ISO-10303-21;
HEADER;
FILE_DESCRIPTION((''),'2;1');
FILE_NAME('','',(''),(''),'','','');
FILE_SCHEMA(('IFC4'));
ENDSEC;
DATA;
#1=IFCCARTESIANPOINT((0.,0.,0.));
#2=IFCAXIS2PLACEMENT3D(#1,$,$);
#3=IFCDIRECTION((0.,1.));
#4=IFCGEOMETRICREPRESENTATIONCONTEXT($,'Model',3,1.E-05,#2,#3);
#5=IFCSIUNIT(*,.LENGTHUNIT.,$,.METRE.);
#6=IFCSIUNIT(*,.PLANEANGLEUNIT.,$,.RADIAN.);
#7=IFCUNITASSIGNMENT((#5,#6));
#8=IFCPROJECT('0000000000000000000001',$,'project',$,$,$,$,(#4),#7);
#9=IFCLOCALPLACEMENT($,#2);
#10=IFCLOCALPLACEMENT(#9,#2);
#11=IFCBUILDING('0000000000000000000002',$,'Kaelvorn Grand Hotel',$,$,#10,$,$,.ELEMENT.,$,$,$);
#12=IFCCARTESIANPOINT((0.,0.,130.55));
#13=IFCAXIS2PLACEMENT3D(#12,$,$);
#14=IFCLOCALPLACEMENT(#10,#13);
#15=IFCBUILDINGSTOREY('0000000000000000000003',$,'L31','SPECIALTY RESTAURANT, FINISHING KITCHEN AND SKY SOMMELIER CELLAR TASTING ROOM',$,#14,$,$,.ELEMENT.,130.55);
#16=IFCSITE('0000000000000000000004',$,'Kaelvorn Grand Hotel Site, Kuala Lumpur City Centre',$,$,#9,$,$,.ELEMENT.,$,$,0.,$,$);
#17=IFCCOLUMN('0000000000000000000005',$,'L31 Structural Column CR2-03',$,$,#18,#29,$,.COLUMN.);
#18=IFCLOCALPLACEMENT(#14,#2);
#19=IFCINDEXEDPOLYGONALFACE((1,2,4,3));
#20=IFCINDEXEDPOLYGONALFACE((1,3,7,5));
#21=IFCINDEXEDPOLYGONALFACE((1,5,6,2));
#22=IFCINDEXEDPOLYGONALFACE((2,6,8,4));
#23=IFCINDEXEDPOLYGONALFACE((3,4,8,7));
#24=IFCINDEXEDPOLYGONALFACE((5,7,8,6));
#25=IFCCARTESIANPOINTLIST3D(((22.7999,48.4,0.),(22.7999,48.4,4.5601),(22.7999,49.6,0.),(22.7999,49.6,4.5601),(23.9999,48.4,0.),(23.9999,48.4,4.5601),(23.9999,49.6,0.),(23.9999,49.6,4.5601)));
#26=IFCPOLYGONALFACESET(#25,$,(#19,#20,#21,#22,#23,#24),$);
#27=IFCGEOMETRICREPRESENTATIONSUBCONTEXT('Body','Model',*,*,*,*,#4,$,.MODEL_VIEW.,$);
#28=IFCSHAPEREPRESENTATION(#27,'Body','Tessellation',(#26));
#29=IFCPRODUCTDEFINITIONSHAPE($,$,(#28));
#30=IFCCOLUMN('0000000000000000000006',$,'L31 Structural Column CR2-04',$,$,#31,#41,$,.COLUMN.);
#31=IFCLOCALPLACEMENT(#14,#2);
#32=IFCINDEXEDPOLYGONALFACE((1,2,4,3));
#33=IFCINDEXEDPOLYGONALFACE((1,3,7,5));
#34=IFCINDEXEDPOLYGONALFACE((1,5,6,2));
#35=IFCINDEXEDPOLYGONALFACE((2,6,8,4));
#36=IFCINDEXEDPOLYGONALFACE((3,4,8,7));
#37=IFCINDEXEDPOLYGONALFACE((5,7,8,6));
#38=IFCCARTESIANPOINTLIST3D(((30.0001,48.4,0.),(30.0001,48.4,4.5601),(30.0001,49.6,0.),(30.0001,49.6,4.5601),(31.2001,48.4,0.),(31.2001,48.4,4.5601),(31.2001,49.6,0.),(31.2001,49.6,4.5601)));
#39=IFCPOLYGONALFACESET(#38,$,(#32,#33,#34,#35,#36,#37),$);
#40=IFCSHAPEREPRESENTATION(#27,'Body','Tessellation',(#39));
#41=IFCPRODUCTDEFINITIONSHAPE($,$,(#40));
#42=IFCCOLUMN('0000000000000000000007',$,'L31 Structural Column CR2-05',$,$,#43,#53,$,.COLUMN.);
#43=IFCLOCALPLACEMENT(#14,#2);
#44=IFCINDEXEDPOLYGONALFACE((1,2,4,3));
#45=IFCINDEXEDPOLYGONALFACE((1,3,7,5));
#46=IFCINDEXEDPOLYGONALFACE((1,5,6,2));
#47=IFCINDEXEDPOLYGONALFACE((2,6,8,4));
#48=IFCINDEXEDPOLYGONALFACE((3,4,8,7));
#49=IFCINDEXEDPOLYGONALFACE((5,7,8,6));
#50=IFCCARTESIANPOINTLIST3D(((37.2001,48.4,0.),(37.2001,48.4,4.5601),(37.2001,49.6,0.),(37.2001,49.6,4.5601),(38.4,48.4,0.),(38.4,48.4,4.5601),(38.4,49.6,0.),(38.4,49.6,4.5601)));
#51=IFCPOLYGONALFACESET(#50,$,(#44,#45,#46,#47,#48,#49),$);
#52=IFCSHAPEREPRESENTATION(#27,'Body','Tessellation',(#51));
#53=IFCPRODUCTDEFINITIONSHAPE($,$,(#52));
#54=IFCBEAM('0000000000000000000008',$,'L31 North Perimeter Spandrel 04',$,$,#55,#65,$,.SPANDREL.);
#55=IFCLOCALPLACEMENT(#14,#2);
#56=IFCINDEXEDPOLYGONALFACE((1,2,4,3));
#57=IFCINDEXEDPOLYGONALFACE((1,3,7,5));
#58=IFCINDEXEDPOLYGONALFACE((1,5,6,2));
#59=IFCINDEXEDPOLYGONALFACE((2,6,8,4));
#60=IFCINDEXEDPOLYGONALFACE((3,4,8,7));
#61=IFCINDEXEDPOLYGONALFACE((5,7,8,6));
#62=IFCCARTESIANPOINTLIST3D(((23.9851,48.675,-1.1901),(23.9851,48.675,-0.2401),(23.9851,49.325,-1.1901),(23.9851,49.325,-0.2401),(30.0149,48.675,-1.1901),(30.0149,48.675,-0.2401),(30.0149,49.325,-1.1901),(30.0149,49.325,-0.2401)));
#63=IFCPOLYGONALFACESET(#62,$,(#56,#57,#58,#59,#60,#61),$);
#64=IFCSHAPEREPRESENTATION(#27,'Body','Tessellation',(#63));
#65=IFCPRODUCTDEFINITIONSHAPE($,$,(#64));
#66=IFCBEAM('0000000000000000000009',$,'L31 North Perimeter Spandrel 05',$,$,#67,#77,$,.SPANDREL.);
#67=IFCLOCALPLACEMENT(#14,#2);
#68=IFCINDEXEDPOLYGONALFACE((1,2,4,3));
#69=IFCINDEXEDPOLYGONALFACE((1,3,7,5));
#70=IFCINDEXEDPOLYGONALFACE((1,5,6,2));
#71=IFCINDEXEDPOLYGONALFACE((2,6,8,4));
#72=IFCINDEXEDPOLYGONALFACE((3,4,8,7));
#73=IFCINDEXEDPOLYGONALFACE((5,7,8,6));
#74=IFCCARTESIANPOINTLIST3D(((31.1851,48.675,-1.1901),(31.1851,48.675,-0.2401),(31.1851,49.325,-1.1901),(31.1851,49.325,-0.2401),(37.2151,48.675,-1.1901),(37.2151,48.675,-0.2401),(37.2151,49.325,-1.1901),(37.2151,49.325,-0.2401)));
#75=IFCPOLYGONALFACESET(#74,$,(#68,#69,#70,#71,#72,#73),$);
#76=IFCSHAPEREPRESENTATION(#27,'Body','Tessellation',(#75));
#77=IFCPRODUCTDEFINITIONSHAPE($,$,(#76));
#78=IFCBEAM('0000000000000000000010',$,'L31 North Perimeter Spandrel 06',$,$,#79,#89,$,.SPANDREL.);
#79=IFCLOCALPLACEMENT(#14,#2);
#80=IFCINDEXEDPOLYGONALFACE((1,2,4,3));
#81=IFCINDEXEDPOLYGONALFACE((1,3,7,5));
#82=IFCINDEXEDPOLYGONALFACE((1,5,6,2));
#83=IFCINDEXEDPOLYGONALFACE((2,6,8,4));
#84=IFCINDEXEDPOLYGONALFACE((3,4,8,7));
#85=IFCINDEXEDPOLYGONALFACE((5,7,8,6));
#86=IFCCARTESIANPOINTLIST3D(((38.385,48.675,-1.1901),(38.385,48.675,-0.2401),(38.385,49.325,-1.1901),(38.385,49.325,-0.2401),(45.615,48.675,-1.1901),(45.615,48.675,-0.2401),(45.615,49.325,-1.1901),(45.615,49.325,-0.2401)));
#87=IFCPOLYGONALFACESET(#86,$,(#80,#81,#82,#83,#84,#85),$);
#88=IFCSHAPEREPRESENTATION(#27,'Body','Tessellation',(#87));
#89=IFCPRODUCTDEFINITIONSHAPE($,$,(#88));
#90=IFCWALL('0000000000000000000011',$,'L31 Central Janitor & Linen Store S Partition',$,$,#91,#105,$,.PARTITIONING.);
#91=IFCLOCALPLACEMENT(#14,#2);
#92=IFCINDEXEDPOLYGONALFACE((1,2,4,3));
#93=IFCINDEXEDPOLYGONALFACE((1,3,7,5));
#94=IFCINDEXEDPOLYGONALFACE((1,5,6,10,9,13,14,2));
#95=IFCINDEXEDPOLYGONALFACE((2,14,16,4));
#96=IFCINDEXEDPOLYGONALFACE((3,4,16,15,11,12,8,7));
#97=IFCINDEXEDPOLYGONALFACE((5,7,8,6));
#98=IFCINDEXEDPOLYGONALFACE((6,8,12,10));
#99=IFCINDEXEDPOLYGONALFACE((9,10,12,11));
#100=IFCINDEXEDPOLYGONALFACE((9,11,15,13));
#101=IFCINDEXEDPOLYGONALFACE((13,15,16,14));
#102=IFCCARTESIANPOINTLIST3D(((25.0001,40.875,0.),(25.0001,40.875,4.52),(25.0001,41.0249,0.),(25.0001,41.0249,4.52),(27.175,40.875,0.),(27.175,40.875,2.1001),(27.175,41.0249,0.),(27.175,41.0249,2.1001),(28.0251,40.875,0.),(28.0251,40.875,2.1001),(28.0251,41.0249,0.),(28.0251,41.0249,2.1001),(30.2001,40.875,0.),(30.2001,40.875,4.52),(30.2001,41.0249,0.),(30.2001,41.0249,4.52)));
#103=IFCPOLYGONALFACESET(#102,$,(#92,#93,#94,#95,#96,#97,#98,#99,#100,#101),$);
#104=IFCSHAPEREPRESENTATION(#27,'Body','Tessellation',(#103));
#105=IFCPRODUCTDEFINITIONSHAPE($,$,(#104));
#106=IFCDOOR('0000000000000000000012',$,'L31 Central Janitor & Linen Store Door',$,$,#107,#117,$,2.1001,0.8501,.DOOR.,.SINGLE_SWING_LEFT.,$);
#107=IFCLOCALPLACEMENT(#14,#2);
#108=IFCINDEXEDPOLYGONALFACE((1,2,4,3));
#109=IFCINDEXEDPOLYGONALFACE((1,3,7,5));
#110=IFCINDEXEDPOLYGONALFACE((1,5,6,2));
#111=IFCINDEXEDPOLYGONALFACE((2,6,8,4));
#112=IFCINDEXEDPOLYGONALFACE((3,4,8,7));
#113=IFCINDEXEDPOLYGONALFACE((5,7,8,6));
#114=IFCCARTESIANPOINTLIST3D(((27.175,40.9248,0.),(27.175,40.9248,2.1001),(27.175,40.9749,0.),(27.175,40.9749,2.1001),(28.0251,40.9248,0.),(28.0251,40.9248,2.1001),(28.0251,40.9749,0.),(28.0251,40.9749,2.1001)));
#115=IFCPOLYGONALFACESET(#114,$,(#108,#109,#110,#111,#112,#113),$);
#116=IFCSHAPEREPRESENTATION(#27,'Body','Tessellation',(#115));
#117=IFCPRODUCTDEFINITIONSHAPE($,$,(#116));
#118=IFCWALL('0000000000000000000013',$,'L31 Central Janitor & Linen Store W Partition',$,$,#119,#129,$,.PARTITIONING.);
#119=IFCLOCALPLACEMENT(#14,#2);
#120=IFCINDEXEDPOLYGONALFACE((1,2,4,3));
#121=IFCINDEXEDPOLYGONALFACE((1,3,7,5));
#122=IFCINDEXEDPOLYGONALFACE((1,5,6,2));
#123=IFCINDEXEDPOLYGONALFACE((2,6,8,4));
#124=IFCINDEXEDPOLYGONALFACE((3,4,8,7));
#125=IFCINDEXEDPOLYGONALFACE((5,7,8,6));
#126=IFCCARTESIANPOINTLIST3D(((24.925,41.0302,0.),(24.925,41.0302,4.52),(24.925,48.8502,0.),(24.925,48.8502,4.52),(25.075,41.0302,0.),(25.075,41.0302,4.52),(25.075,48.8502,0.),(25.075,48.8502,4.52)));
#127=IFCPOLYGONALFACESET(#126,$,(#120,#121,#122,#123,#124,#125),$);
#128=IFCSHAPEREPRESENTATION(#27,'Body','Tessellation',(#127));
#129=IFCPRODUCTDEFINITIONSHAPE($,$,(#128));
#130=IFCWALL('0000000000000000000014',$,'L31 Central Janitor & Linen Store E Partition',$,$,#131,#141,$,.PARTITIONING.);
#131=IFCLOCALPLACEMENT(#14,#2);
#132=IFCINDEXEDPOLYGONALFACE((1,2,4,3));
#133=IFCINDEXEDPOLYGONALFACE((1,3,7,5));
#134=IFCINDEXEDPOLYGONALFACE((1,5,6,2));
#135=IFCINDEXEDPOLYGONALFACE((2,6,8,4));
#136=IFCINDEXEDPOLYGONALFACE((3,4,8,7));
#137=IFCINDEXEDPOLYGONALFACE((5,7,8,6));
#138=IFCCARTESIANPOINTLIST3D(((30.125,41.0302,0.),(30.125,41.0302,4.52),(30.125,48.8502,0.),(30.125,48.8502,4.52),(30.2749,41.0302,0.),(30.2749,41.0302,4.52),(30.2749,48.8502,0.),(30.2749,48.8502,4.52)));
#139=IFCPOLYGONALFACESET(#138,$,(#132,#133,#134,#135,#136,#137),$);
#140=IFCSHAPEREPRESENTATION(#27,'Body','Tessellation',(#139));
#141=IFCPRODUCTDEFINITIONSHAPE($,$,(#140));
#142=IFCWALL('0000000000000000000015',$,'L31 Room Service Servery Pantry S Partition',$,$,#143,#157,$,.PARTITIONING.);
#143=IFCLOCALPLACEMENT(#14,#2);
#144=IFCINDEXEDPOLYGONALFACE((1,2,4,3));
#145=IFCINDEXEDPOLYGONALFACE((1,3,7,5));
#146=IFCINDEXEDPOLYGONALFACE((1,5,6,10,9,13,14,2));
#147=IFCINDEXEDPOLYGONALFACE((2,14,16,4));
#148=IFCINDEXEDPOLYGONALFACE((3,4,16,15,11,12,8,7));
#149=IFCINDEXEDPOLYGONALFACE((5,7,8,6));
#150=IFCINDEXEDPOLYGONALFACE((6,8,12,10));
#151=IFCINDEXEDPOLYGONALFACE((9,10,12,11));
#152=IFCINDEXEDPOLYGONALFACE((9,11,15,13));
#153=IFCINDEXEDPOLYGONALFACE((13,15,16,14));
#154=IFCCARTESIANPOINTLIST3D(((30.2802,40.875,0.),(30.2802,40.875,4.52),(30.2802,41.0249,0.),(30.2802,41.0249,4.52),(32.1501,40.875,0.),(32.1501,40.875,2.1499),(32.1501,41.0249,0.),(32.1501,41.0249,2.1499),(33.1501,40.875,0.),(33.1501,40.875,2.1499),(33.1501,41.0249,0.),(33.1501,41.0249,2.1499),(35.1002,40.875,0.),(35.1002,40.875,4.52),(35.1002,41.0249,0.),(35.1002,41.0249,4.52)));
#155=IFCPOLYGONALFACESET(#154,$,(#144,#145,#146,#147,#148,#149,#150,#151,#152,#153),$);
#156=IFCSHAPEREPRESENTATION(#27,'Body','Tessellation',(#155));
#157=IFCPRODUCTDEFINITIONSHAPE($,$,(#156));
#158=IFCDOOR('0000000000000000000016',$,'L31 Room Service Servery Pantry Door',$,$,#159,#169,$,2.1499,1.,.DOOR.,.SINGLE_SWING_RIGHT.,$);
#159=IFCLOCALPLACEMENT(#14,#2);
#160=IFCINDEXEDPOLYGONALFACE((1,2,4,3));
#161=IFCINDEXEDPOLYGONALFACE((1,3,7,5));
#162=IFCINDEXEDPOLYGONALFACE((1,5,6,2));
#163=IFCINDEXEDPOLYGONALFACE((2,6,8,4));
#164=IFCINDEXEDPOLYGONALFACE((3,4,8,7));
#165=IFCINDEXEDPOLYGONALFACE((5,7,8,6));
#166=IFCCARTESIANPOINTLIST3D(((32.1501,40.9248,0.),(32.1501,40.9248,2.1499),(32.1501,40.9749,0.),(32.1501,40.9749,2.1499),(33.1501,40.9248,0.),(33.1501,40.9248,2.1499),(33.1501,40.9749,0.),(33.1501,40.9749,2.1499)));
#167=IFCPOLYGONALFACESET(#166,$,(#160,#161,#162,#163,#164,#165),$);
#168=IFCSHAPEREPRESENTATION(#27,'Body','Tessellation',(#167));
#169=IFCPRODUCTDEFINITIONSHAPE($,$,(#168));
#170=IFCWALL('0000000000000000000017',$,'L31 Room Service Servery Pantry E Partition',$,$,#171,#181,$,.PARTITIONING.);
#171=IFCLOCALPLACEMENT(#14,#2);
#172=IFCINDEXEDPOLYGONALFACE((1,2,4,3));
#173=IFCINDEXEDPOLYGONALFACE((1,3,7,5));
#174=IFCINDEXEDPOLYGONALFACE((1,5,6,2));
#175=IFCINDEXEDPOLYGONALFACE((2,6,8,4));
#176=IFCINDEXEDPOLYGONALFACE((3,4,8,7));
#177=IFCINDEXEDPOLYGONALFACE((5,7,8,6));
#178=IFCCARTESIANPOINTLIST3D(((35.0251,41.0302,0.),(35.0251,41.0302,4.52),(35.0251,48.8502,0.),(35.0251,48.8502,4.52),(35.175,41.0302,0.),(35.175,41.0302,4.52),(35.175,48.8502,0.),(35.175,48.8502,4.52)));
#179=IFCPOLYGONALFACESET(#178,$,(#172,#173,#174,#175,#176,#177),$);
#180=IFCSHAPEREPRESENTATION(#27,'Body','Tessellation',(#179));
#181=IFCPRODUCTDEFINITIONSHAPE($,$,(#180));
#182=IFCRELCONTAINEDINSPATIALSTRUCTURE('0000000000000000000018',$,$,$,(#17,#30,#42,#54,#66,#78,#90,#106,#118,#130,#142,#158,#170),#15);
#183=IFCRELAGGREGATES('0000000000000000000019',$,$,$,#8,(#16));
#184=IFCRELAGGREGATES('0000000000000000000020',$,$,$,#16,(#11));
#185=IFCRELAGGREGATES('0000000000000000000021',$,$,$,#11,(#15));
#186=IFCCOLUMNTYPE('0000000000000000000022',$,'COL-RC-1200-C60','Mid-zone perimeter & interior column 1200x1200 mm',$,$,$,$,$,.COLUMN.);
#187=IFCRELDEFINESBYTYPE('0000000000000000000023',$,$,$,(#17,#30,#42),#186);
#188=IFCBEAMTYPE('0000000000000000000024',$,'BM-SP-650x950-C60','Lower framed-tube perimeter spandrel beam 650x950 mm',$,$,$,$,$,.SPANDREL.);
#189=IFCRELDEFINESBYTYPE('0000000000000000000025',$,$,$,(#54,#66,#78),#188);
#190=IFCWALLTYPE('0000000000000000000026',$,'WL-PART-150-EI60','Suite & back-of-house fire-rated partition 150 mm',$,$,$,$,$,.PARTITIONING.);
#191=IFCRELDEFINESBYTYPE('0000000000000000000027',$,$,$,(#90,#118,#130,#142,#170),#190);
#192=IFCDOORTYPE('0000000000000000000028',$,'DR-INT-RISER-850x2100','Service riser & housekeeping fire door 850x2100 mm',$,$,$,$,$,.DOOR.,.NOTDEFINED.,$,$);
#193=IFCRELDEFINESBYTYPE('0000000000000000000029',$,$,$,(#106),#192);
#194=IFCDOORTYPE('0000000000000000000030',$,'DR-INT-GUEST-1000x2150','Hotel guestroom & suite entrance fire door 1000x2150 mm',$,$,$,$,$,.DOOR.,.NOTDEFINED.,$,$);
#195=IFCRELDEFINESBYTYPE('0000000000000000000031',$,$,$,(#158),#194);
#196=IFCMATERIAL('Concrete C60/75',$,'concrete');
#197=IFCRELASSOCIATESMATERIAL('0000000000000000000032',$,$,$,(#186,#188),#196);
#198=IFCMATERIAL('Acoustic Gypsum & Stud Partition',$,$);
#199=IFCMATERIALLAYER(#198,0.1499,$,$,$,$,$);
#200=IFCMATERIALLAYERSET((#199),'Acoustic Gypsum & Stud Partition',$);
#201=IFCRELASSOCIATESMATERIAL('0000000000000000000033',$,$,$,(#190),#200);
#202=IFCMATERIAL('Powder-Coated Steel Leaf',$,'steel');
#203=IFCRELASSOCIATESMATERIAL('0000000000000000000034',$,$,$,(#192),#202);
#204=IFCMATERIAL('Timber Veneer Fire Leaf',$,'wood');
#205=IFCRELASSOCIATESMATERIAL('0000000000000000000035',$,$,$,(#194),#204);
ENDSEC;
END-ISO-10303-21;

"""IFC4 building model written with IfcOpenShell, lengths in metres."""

from ifc_helpers import new_model, si_unit, direction, frame, frame_2d, origin, origin_2d, place, context, subcontext, project, spatial, rectangle, extrude, material, layer, layer_set, material_profile, profile_set, type_object, element, fill, save


model = new_model("IFC4")

# Units and contexts
model_context = context("Model", 3, precision=1e-05, world=origin(), true_north=direction((0.0, 1.0)))
body_context = subcontext(model_context, "Body", "Model", "MODEL_VIEW")
ifc_project = project(units=[si_unit("LENGTHUNIT", "METRE"), si_unit("PLANEANGLEUNIT", "RADIAN")], contexts=[model_context])

# Site, building, storey
site_placement = place(None, origin())
site = spatial("IfcSite", under=ifc_project, at=site_placement, Name="Kaelvorn Grand Hotel Site, Kuala Lumpur City Centre", CompositionType="ELEMENT", RefElevation=0.0)
building_placement = place(site_placement, origin())
building = spatial("IfcBuilding", under=site, at=building_placement, Name="Kaelvorn Grand Hotel", CompositionType="ELEMENT")
storey_placement = place(building_placement, frame((0.0, 0.0, 130.55)))
storey = spatial("IfcBuildingStorey", under=building, at=storey_placement, Name="L31", Description="SPECIALTY RESTAURANT, FINISHING KITCHEN AND SKY SOMMELIER CELLAR TASTING ROOM", CompositionType="ELEMENT", Elevation=130.55)

# Columns
ifc_material_1 = material(Name="Concrete C60/75", Category="concrete")
ifc_material_profile_1 = material_profile(ifc_material_1, rectangle(XDim=1.2, YDim=1.2, at=origin_2d()), Name="RC COL 1200x1200")
ifc_profile_set_1 = profile_set([ifc_material_profile_1], Name="Concrete C60/75")
column_type = type_object("IfcColumnType", Name="COL-RC-1200-C60", Description="Mid-zone perimeter & interior column 1200x1200 mm", PredefinedType="COLUMN", material=ifc_profile_set_1)
for number, where, z_axis, x_axis, name in (
    (1, (23.3999, 49.0, 0.0), (0.0, 0.0, 1.0), (1.0, 0.0, 0.0), "L31 Structural Column CR2-03"),
    (2, (30.6001, 49.0, 0.0), (0.0, 0.0, 1.0), (1.0, 0.0, 0.0), "L31 Structural Column CR2-04"),
    (3, (37.8, 49.0, 0.0), (0.0, 0.0, 1.0), (1.0, 0.0, 0.0), "L31 Structural Column CR2-05"),
):
    element("IfcColumn", number, at=place(storey_placement, frame(where, z_axis=z_axis, x_axis=x_axis)), inside=storey, type_object=column_type, Name=name, PredefinedType="COLUMN", context=body_context, shape_type="SweptSolid", body=[
        extrude(rectangle(XDim=1.2, YDim=1.2, at=origin_2d()), origin(), (0.0, 0.0, 1.0), 4.5601),
    ])

# Beams
ifc_material_profile_2 = material_profile(ifc_material_1, rectangle(XDim=0.6499, YDim=0.95, at=origin_2d()), Name="RC SPANDREL 650x950")
ifc_profile_set_2 = profile_set([ifc_material_profile_2], Name="Concrete C60/75")
beam_type = type_object("IfcBeamType", Name="BM-SP-650x950-C60", Description="Lower framed-tube perimeter spandrel beam 650x950 mm", PredefinedType="SPANDREL", material=ifc_profile_set_2)
beam_1_placement = place(storey_placement, frame((23.9851, 49.0, -0.7151), z_axis=(1.0, 0.0, 0.0), x_axis=(0.0, 1.0, 0.0)))
element("IfcBeam", 4, at=beam_1_placement, inside=storey, type_object=beam_type, Name="L31 North Perimeter Spandrel 04", PredefinedType="SPANDREL", context=body_context, shape_type="SweptSolid", body=[
    extrude(rectangle(XDim=0.6499, YDim=0.95, at=origin_2d()), origin(), (0.0, 0.0, 1.0), 6.0298),
])
beam_2_placement = place(storey_placement, frame((31.1851, 49.0, -0.7151), z_axis=(1.0, 0.0, 0.0), x_axis=(0.0, 1.0, 0.0)))
element("IfcBeam", 5, at=beam_2_placement, inside=storey, type_object=beam_type, Name="L31 North Perimeter Spandrel 05", PredefinedType="SPANDREL", context=body_context, shape_type="SweptSolid", body=[
    extrude(rectangle(XDim=0.6499, YDim=0.95, at=origin_2d()), origin(), (0.0, 0.0, 1.0), 6.03),
])
beam_3_placement = place(storey_placement, frame((38.385, 49.0, -0.7151), z_axis=(1.0, 0.0, 0.0), x_axis=(0.0, 1.0, 0.0)))
element("IfcBeam", 6, at=beam_3_placement, inside=storey, type_object=beam_type, Name="L31 North Perimeter Spandrel 06", PredefinedType="SPANDREL", context=body_context, shape_type="SweptSolid", body=[
    extrude(rectangle(XDim=0.6499, YDim=0.95, at=origin_2d()), origin(), (0.0, 0.0, 1.0), 7.23),
])

# Wall, opening, door
ifc_material_2 = material(Name="Acoustic Gypsum & Stud Partition")
ifc_layer_1 = layer(ifc_material_2, 0.1499)
ifc_layer_set_1 = layer_set([ifc_layer_1], Name="Acoustic Gypsum & Stud Partition")
wall_type_1 = type_object("IfcWallType", Name="WL-PART-150-EI60", Description="Suite & back-of-house fire-rated partition 150 mm", PredefinedType="PARTITIONING", material=ifc_layer_set_1)
wall_1_placement = place(storey_placement, frame((25.0, 40.95, 0.0), z_axis=(0.0, 0.0, 1.0), x_axis=(1.0, 0.0, 0.0)))
wall_1 = element("IfcWall", 7, at=wall_1_placement, inside=storey, type_object=wall_type_1, Name="L31 Central Janitor & Linen Store S Partition", PredefinedType="PARTITIONING", context=body_context, shape_type="SweptSolid", body=[
    extrude(rectangle(XDim=5.2, YDim=0.1499, at=frame_2d((2.6001, 0.0))), origin(), (0.0, 0.0, 1.0), 4.52),
])
opening_1_placement = place(wall_1_placement, frame((2.175, 0.0, 0.0)))
opening_1 = element("IfcOpeningElement", 8, at=opening_1_placement, cuts=wall_1, PredefinedType="OPENING", context=body_context, shape_type="SweptSolid", body=[
    extrude(rectangle(XDim=0.8501, YDim=2.1001, at=frame_2d((0.425, 1.05))), frame((0.0, 0.085, 0.0), z_axis=(0.0, -1.0, 0.0), x_axis=(1.0, 0.0, 0.0)), (0.0, 0.0, 1.0), 0.1699),
])
ifc_material_3 = material(Name="Powder-Coated Steel Leaf", Category="steel")
door_type_1 = type_object("IfcDoorType", Name="DR-INT-RISER-850x2100", Description="Service riser & housekeeping fire door 850x2100 mm", OperationType="NOTDEFINED", PredefinedType="DOOR", material=ifc_material_3)
door_1_placement = place(opening_1_placement, origin())
door_1 = element("IfcDoor", 9, at=door_1_placement, inside=storey, type_object=door_type_1, Name="L31 Central Janitor & Linen Store Door", OperationType="SINGLE_SWING_LEFT", OverallHeight=2.1001, OverallWidth=0.8501, PredefinedType="DOOR", context=body_context, shape_type="SweptSolid", body=[
    extrude(rectangle(XDim=0.8501, YDim=2.1001, at=frame_2d((0.425, 1.05))), frame((0.0, 0.0249, 0.0), z_axis=(0.0, -1.0, 0.0), x_axis=(1.0, 0.0, 0.0)), (0.0, 0.0, 1.0), 0.05),
])
fill(opening_1, door_1)

# Walls
for number, where, z_axis, x_axis, name in (
    (10, (25.0, 41.03, 0.0), (0.0, 0.0, 1.0), (0.0, 1.0, 0.0), "L31 Central Janitor & Linen Store W Partition"),
    (11, (30.2, 41.03, 0.0), (0.0, 0.0, 1.0), (0.0, 1.0, 0.0), "L31 Central Janitor & Linen Store E Partition"),
):
    element("IfcWall", number, at=place(storey_placement, frame(where, z_axis=z_axis, x_axis=x_axis)), inside=storey, type_object=wall_type_1, Name=name, PredefinedType="PARTITIONING", context=body_context, shape_type="SweptSolid", body=[
        extrude(rectangle(XDim=7.8201, YDim=0.1499, at=frame_2d((3.9102, 0.0))), origin(), (0.0, 0.0, 1.0), 4.52),
    ])

# Wall, opening, door
wall_2_placement = place(storey_placement, frame((30.28, 40.95, 0.0), z_axis=(0.0, 0.0, 1.0), x_axis=(1.0, 0.0, 0.0)))
wall_2 = element("IfcWall", 12, at=wall_2_placement, inside=storey, type_object=wall_type_1, Name="L31 Room Service Servery Pantry S Partition", PredefinedType="PARTITIONING", context=body_context, shape_type="SweptSolid", body=[
    extrude(rectangle(XDim=4.8201, YDim=0.1499, at=frame_2d((2.4102, 0.0))), origin(), (0.0, 0.0, 1.0), 4.52),
])
opening_2_placement = place(wall_2_placement, frame((1.8701, 0.0, 0.0)))
opening_2 = element("IfcOpeningElement", 13, at=opening_2_placement, cuts=wall_2, PredefinedType="OPENING", context=body_context, shape_type="SweptSolid", body=[
    extrude(rectangle(XDim=1.0, YDim=2.1499, at=frame_2d((0.5, 1.075))), frame((0.0, 0.085, 0.0), z_axis=(0.0, -1.0, 0.0), x_axis=(1.0, 0.0, 0.0)), (0.0, 0.0, 1.0), 0.1699),
])
ifc_material_4 = material(Name="Timber Veneer Fire Leaf", Category="wood")
door_type_2 = type_object("IfcDoorType", Name="DR-INT-GUEST-1000x2150", Description="Hotel guestroom & suite entrance fire door 1000x2150 mm", OperationType="NOTDEFINED", PredefinedType="DOOR", material=ifc_material_4)
door_2_placement = place(opening_2_placement, origin())
door_2 = element("IfcDoor", 14, at=door_2_placement, inside=storey, type_object=door_type_2, Name="L31 Room Service Servery Pantry Door", OperationType="SINGLE_SWING_RIGHT", OverallHeight=2.1499, OverallWidth=1.0, PredefinedType="DOOR", context=body_context, shape_type="SweptSolid", body=[
    extrude(rectangle(XDim=1.0, YDim=2.1499, at=frame_2d((0.5, 1.075))), frame((0.0, 0.0249, 0.0), z_axis=(0.0, -1.0, 0.0), x_axis=(1.0, 0.0, 0.0)), (0.0, 0.0, 1.0), 0.05),
])
fill(opening_2, door_2)

# Wall
wall_3_placement = place(storey_placement, frame((35.1001, 41.03, 0.0), z_axis=(0.0, 0.0, 1.0), x_axis=(0.0, 1.0, 0.0)))
element("IfcWall", 15, at=wall_3_placement, inside=storey, type_object=wall_type_1, Name="L31 Room Service Servery Pantry E Partition", PredefinedType="PARTITIONING", context=body_context, shape_type="SweptSolid", body=[
    extrude(rectangle(XDim=7.8201, YDim=0.1499, at=frame_2d((3.9102, 0.0))), origin(), (0.0, 0.0, 1.0), 4.52),
])

save(model, "model.ifc")
